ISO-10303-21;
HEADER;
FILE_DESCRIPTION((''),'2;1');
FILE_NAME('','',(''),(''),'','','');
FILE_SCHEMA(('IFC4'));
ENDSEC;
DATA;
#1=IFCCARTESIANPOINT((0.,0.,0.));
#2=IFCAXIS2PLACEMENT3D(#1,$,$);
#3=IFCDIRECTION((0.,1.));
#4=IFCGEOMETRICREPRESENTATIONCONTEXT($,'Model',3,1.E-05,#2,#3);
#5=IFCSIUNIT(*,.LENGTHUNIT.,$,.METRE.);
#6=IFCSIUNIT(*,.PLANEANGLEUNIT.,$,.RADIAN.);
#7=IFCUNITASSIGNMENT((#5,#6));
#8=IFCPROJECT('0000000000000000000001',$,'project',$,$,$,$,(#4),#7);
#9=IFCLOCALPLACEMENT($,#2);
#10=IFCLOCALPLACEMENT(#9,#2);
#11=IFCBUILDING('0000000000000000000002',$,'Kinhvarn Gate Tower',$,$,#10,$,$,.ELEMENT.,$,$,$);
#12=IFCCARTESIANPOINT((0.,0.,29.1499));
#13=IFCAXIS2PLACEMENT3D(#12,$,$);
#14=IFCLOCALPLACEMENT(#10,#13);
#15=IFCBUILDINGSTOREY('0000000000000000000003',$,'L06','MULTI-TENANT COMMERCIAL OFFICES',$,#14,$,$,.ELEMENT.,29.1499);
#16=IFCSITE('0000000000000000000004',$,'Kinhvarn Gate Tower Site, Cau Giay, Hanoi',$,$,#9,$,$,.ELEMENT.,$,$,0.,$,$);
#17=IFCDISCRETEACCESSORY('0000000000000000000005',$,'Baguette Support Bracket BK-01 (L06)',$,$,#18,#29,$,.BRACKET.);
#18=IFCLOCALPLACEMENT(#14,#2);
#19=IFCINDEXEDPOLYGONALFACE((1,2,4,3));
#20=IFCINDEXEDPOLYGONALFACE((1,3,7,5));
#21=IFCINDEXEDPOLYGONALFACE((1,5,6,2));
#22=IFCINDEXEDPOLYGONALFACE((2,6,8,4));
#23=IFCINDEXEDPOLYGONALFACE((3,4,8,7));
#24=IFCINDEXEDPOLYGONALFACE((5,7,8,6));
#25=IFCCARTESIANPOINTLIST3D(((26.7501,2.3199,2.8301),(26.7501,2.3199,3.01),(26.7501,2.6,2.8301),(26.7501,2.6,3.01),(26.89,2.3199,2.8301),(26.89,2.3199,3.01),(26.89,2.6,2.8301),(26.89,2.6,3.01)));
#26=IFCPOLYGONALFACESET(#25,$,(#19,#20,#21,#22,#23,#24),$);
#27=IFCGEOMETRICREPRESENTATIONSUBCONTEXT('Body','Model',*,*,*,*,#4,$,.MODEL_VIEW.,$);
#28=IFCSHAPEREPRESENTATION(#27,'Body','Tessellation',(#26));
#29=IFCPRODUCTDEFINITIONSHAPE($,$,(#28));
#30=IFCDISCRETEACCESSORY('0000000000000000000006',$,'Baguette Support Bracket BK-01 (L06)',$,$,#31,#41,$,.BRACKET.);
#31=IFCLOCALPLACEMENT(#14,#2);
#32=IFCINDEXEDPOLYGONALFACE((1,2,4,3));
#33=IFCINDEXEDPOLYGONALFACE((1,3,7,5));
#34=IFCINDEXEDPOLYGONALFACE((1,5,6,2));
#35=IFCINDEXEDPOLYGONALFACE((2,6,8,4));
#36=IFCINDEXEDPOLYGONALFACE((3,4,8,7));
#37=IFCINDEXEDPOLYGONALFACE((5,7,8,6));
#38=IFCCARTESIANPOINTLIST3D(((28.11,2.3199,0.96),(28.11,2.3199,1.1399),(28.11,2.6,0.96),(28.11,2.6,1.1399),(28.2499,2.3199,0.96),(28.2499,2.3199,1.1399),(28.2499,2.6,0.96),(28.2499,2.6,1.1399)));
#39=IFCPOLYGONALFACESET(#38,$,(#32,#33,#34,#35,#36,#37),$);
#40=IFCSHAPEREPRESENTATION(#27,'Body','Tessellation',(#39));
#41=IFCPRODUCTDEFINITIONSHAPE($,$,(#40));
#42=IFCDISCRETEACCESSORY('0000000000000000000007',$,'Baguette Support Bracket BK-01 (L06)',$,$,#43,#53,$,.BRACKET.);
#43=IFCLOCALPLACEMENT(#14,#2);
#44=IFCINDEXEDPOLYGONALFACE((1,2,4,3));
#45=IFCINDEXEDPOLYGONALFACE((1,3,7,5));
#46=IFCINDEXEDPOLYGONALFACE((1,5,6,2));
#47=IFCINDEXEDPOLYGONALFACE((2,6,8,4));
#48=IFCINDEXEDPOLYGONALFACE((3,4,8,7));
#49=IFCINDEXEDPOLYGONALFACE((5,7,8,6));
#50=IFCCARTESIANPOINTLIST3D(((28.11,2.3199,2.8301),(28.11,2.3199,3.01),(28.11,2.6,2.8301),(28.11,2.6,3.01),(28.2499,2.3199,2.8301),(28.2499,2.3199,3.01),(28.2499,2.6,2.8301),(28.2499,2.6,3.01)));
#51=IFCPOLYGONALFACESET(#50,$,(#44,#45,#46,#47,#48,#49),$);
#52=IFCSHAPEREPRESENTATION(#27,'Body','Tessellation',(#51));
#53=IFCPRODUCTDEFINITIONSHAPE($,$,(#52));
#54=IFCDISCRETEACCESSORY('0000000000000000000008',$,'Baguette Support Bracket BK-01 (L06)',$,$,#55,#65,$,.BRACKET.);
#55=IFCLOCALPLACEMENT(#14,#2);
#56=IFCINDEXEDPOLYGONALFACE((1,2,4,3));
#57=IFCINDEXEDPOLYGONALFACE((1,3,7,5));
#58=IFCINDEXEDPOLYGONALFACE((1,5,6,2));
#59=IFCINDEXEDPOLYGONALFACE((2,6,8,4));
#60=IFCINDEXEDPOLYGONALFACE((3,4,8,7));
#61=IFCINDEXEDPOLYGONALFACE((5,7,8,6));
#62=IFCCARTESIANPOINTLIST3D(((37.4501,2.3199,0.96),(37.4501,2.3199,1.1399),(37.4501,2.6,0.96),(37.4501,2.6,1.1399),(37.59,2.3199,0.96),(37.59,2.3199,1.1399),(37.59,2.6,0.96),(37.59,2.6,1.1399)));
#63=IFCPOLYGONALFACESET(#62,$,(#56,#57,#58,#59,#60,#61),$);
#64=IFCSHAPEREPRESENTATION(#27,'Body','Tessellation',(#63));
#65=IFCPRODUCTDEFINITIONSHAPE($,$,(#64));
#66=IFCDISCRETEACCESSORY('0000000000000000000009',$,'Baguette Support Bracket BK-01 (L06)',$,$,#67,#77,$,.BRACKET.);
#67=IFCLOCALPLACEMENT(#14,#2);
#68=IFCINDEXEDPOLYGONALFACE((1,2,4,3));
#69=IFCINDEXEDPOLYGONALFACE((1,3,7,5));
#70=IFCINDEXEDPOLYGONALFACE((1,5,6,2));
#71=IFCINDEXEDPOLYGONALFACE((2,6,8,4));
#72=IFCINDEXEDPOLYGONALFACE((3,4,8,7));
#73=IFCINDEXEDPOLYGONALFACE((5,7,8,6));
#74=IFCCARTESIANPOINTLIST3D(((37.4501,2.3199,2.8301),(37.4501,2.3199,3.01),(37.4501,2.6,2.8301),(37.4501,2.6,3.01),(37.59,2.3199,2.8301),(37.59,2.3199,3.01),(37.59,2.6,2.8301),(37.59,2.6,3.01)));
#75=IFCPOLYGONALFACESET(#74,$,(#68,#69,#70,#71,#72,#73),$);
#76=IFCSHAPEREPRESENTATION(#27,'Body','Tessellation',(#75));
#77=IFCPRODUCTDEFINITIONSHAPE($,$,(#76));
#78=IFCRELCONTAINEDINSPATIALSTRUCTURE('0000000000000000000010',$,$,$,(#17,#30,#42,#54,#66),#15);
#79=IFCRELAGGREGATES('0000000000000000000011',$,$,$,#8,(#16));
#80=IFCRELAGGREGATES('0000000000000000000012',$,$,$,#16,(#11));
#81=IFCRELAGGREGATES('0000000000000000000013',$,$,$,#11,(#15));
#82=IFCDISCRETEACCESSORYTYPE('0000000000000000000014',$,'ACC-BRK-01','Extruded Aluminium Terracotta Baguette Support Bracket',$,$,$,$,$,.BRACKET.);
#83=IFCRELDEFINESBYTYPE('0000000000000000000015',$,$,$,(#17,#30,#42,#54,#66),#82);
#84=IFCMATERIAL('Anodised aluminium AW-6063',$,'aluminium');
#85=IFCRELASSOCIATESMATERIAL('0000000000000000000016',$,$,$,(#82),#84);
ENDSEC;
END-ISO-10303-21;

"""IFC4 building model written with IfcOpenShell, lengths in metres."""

from ifc_helpers import new_model, si_unit, direction, frame, origin, origin_2d, place, context, subcontext, project, spatial, rectangle, extrude, material, type_object, element, save


model = new_model("IFC4")

# Units and contexts
model_context = context("Model", 3, precision=1e-05, world=origin(), true_north=direction((0.0, 1.0)))
body_context = subcontext(model_context, "Body", "Model", "MODEL_VIEW")
ifc_project = project(units=[si_unit("LENGTHUNIT", "METRE"), si_unit("PLANEANGLEUNIT", "RADIAN")], contexts=[model_context])

# Site, building, storey
site_placement = place(None, origin())
site = spatial("IfcSite", under=ifc_project, at=site_placement, Name="Kinhvarn Gate Tower Site, Cau Giay, Hanoi", CompositionType="ELEMENT", RefElevation=0.0)
building_placement = place(site_placement, origin())
building = spatial("IfcBuilding", under=site, at=building_placement, Name="Kinhvarn Gate Tower", CompositionType="ELEMENT")
storey_placement = place(building_placement, frame((0.0, 0.0, 29.1499)))
storey = spatial("IfcBuildingStorey", under=building, at=storey_placement, Name="L06", Description="MULTI-TENANT COMMERCIAL OFFICES", CompositionType="ELEMENT", Elevation=29.1499)

# Shared definitions
ifc_material_1 = material(Name="Anodised aluminium AW-6063", Category="aluminium")

# Discrete accessories
discrete_accessory_type = type_object("IfcDiscreteAccessoryType", Name="ACC-BRK-01", Description="Extruded Aluminium Terracotta Baguette Support Bracket", PredefinedType="BRACKET", material=ifc_material_1)
for number, where, z_axis, x_axis, name in (
    (1, (26.8201, 2.46, 2.8301), (0.0, 0.0, 1.0), (1.0, 0.0, 0.0), "Baguette Support Bracket BK-01 (L06)"),
    (2, (28.1799, 2.46, 0.96), (0.0, 0.0, 1.0), (1.0, 0.0, 0.0), "Baguette Support Bracket BK-01 (L06)"),
    (3, (28.1799, 2.46, 2.8301), (0.0, 0.0, 1.0), (1.0, 0.0, 0.0), "Baguette Support Bracket BK-01 (L06)"),
    (4, (37.52, 2.46, 0.96), (0.0, 0.0, 1.0), (1.0, 0.0, 0.0), "Baguette Support Bracket BK-01 (L06)"),
    (5, (37.52, 2.46, 2.8301), (0.0, 0.0, 1.0), (1.0, 0.0, 0.0), "Baguette Support Bracket BK-01 (L06)"),
):
    element("IfcDiscreteAccessory", number, at=place(storey_placement, frame(where, z_axis=z_axis, x_axis=x_axis)), inside=storey, type_object=discrete_accessory_type, Name=name, PredefinedType="BRACKET", context=body_context, shape_type="SweptSolid", body=[
        extrude(rectangle(XDim=0.1399, YDim=0.28, at=origin_2d()), origin(), (0.0, 0.0, 1.0), 0.1799),
    ])

save(model, "model.ifc")
